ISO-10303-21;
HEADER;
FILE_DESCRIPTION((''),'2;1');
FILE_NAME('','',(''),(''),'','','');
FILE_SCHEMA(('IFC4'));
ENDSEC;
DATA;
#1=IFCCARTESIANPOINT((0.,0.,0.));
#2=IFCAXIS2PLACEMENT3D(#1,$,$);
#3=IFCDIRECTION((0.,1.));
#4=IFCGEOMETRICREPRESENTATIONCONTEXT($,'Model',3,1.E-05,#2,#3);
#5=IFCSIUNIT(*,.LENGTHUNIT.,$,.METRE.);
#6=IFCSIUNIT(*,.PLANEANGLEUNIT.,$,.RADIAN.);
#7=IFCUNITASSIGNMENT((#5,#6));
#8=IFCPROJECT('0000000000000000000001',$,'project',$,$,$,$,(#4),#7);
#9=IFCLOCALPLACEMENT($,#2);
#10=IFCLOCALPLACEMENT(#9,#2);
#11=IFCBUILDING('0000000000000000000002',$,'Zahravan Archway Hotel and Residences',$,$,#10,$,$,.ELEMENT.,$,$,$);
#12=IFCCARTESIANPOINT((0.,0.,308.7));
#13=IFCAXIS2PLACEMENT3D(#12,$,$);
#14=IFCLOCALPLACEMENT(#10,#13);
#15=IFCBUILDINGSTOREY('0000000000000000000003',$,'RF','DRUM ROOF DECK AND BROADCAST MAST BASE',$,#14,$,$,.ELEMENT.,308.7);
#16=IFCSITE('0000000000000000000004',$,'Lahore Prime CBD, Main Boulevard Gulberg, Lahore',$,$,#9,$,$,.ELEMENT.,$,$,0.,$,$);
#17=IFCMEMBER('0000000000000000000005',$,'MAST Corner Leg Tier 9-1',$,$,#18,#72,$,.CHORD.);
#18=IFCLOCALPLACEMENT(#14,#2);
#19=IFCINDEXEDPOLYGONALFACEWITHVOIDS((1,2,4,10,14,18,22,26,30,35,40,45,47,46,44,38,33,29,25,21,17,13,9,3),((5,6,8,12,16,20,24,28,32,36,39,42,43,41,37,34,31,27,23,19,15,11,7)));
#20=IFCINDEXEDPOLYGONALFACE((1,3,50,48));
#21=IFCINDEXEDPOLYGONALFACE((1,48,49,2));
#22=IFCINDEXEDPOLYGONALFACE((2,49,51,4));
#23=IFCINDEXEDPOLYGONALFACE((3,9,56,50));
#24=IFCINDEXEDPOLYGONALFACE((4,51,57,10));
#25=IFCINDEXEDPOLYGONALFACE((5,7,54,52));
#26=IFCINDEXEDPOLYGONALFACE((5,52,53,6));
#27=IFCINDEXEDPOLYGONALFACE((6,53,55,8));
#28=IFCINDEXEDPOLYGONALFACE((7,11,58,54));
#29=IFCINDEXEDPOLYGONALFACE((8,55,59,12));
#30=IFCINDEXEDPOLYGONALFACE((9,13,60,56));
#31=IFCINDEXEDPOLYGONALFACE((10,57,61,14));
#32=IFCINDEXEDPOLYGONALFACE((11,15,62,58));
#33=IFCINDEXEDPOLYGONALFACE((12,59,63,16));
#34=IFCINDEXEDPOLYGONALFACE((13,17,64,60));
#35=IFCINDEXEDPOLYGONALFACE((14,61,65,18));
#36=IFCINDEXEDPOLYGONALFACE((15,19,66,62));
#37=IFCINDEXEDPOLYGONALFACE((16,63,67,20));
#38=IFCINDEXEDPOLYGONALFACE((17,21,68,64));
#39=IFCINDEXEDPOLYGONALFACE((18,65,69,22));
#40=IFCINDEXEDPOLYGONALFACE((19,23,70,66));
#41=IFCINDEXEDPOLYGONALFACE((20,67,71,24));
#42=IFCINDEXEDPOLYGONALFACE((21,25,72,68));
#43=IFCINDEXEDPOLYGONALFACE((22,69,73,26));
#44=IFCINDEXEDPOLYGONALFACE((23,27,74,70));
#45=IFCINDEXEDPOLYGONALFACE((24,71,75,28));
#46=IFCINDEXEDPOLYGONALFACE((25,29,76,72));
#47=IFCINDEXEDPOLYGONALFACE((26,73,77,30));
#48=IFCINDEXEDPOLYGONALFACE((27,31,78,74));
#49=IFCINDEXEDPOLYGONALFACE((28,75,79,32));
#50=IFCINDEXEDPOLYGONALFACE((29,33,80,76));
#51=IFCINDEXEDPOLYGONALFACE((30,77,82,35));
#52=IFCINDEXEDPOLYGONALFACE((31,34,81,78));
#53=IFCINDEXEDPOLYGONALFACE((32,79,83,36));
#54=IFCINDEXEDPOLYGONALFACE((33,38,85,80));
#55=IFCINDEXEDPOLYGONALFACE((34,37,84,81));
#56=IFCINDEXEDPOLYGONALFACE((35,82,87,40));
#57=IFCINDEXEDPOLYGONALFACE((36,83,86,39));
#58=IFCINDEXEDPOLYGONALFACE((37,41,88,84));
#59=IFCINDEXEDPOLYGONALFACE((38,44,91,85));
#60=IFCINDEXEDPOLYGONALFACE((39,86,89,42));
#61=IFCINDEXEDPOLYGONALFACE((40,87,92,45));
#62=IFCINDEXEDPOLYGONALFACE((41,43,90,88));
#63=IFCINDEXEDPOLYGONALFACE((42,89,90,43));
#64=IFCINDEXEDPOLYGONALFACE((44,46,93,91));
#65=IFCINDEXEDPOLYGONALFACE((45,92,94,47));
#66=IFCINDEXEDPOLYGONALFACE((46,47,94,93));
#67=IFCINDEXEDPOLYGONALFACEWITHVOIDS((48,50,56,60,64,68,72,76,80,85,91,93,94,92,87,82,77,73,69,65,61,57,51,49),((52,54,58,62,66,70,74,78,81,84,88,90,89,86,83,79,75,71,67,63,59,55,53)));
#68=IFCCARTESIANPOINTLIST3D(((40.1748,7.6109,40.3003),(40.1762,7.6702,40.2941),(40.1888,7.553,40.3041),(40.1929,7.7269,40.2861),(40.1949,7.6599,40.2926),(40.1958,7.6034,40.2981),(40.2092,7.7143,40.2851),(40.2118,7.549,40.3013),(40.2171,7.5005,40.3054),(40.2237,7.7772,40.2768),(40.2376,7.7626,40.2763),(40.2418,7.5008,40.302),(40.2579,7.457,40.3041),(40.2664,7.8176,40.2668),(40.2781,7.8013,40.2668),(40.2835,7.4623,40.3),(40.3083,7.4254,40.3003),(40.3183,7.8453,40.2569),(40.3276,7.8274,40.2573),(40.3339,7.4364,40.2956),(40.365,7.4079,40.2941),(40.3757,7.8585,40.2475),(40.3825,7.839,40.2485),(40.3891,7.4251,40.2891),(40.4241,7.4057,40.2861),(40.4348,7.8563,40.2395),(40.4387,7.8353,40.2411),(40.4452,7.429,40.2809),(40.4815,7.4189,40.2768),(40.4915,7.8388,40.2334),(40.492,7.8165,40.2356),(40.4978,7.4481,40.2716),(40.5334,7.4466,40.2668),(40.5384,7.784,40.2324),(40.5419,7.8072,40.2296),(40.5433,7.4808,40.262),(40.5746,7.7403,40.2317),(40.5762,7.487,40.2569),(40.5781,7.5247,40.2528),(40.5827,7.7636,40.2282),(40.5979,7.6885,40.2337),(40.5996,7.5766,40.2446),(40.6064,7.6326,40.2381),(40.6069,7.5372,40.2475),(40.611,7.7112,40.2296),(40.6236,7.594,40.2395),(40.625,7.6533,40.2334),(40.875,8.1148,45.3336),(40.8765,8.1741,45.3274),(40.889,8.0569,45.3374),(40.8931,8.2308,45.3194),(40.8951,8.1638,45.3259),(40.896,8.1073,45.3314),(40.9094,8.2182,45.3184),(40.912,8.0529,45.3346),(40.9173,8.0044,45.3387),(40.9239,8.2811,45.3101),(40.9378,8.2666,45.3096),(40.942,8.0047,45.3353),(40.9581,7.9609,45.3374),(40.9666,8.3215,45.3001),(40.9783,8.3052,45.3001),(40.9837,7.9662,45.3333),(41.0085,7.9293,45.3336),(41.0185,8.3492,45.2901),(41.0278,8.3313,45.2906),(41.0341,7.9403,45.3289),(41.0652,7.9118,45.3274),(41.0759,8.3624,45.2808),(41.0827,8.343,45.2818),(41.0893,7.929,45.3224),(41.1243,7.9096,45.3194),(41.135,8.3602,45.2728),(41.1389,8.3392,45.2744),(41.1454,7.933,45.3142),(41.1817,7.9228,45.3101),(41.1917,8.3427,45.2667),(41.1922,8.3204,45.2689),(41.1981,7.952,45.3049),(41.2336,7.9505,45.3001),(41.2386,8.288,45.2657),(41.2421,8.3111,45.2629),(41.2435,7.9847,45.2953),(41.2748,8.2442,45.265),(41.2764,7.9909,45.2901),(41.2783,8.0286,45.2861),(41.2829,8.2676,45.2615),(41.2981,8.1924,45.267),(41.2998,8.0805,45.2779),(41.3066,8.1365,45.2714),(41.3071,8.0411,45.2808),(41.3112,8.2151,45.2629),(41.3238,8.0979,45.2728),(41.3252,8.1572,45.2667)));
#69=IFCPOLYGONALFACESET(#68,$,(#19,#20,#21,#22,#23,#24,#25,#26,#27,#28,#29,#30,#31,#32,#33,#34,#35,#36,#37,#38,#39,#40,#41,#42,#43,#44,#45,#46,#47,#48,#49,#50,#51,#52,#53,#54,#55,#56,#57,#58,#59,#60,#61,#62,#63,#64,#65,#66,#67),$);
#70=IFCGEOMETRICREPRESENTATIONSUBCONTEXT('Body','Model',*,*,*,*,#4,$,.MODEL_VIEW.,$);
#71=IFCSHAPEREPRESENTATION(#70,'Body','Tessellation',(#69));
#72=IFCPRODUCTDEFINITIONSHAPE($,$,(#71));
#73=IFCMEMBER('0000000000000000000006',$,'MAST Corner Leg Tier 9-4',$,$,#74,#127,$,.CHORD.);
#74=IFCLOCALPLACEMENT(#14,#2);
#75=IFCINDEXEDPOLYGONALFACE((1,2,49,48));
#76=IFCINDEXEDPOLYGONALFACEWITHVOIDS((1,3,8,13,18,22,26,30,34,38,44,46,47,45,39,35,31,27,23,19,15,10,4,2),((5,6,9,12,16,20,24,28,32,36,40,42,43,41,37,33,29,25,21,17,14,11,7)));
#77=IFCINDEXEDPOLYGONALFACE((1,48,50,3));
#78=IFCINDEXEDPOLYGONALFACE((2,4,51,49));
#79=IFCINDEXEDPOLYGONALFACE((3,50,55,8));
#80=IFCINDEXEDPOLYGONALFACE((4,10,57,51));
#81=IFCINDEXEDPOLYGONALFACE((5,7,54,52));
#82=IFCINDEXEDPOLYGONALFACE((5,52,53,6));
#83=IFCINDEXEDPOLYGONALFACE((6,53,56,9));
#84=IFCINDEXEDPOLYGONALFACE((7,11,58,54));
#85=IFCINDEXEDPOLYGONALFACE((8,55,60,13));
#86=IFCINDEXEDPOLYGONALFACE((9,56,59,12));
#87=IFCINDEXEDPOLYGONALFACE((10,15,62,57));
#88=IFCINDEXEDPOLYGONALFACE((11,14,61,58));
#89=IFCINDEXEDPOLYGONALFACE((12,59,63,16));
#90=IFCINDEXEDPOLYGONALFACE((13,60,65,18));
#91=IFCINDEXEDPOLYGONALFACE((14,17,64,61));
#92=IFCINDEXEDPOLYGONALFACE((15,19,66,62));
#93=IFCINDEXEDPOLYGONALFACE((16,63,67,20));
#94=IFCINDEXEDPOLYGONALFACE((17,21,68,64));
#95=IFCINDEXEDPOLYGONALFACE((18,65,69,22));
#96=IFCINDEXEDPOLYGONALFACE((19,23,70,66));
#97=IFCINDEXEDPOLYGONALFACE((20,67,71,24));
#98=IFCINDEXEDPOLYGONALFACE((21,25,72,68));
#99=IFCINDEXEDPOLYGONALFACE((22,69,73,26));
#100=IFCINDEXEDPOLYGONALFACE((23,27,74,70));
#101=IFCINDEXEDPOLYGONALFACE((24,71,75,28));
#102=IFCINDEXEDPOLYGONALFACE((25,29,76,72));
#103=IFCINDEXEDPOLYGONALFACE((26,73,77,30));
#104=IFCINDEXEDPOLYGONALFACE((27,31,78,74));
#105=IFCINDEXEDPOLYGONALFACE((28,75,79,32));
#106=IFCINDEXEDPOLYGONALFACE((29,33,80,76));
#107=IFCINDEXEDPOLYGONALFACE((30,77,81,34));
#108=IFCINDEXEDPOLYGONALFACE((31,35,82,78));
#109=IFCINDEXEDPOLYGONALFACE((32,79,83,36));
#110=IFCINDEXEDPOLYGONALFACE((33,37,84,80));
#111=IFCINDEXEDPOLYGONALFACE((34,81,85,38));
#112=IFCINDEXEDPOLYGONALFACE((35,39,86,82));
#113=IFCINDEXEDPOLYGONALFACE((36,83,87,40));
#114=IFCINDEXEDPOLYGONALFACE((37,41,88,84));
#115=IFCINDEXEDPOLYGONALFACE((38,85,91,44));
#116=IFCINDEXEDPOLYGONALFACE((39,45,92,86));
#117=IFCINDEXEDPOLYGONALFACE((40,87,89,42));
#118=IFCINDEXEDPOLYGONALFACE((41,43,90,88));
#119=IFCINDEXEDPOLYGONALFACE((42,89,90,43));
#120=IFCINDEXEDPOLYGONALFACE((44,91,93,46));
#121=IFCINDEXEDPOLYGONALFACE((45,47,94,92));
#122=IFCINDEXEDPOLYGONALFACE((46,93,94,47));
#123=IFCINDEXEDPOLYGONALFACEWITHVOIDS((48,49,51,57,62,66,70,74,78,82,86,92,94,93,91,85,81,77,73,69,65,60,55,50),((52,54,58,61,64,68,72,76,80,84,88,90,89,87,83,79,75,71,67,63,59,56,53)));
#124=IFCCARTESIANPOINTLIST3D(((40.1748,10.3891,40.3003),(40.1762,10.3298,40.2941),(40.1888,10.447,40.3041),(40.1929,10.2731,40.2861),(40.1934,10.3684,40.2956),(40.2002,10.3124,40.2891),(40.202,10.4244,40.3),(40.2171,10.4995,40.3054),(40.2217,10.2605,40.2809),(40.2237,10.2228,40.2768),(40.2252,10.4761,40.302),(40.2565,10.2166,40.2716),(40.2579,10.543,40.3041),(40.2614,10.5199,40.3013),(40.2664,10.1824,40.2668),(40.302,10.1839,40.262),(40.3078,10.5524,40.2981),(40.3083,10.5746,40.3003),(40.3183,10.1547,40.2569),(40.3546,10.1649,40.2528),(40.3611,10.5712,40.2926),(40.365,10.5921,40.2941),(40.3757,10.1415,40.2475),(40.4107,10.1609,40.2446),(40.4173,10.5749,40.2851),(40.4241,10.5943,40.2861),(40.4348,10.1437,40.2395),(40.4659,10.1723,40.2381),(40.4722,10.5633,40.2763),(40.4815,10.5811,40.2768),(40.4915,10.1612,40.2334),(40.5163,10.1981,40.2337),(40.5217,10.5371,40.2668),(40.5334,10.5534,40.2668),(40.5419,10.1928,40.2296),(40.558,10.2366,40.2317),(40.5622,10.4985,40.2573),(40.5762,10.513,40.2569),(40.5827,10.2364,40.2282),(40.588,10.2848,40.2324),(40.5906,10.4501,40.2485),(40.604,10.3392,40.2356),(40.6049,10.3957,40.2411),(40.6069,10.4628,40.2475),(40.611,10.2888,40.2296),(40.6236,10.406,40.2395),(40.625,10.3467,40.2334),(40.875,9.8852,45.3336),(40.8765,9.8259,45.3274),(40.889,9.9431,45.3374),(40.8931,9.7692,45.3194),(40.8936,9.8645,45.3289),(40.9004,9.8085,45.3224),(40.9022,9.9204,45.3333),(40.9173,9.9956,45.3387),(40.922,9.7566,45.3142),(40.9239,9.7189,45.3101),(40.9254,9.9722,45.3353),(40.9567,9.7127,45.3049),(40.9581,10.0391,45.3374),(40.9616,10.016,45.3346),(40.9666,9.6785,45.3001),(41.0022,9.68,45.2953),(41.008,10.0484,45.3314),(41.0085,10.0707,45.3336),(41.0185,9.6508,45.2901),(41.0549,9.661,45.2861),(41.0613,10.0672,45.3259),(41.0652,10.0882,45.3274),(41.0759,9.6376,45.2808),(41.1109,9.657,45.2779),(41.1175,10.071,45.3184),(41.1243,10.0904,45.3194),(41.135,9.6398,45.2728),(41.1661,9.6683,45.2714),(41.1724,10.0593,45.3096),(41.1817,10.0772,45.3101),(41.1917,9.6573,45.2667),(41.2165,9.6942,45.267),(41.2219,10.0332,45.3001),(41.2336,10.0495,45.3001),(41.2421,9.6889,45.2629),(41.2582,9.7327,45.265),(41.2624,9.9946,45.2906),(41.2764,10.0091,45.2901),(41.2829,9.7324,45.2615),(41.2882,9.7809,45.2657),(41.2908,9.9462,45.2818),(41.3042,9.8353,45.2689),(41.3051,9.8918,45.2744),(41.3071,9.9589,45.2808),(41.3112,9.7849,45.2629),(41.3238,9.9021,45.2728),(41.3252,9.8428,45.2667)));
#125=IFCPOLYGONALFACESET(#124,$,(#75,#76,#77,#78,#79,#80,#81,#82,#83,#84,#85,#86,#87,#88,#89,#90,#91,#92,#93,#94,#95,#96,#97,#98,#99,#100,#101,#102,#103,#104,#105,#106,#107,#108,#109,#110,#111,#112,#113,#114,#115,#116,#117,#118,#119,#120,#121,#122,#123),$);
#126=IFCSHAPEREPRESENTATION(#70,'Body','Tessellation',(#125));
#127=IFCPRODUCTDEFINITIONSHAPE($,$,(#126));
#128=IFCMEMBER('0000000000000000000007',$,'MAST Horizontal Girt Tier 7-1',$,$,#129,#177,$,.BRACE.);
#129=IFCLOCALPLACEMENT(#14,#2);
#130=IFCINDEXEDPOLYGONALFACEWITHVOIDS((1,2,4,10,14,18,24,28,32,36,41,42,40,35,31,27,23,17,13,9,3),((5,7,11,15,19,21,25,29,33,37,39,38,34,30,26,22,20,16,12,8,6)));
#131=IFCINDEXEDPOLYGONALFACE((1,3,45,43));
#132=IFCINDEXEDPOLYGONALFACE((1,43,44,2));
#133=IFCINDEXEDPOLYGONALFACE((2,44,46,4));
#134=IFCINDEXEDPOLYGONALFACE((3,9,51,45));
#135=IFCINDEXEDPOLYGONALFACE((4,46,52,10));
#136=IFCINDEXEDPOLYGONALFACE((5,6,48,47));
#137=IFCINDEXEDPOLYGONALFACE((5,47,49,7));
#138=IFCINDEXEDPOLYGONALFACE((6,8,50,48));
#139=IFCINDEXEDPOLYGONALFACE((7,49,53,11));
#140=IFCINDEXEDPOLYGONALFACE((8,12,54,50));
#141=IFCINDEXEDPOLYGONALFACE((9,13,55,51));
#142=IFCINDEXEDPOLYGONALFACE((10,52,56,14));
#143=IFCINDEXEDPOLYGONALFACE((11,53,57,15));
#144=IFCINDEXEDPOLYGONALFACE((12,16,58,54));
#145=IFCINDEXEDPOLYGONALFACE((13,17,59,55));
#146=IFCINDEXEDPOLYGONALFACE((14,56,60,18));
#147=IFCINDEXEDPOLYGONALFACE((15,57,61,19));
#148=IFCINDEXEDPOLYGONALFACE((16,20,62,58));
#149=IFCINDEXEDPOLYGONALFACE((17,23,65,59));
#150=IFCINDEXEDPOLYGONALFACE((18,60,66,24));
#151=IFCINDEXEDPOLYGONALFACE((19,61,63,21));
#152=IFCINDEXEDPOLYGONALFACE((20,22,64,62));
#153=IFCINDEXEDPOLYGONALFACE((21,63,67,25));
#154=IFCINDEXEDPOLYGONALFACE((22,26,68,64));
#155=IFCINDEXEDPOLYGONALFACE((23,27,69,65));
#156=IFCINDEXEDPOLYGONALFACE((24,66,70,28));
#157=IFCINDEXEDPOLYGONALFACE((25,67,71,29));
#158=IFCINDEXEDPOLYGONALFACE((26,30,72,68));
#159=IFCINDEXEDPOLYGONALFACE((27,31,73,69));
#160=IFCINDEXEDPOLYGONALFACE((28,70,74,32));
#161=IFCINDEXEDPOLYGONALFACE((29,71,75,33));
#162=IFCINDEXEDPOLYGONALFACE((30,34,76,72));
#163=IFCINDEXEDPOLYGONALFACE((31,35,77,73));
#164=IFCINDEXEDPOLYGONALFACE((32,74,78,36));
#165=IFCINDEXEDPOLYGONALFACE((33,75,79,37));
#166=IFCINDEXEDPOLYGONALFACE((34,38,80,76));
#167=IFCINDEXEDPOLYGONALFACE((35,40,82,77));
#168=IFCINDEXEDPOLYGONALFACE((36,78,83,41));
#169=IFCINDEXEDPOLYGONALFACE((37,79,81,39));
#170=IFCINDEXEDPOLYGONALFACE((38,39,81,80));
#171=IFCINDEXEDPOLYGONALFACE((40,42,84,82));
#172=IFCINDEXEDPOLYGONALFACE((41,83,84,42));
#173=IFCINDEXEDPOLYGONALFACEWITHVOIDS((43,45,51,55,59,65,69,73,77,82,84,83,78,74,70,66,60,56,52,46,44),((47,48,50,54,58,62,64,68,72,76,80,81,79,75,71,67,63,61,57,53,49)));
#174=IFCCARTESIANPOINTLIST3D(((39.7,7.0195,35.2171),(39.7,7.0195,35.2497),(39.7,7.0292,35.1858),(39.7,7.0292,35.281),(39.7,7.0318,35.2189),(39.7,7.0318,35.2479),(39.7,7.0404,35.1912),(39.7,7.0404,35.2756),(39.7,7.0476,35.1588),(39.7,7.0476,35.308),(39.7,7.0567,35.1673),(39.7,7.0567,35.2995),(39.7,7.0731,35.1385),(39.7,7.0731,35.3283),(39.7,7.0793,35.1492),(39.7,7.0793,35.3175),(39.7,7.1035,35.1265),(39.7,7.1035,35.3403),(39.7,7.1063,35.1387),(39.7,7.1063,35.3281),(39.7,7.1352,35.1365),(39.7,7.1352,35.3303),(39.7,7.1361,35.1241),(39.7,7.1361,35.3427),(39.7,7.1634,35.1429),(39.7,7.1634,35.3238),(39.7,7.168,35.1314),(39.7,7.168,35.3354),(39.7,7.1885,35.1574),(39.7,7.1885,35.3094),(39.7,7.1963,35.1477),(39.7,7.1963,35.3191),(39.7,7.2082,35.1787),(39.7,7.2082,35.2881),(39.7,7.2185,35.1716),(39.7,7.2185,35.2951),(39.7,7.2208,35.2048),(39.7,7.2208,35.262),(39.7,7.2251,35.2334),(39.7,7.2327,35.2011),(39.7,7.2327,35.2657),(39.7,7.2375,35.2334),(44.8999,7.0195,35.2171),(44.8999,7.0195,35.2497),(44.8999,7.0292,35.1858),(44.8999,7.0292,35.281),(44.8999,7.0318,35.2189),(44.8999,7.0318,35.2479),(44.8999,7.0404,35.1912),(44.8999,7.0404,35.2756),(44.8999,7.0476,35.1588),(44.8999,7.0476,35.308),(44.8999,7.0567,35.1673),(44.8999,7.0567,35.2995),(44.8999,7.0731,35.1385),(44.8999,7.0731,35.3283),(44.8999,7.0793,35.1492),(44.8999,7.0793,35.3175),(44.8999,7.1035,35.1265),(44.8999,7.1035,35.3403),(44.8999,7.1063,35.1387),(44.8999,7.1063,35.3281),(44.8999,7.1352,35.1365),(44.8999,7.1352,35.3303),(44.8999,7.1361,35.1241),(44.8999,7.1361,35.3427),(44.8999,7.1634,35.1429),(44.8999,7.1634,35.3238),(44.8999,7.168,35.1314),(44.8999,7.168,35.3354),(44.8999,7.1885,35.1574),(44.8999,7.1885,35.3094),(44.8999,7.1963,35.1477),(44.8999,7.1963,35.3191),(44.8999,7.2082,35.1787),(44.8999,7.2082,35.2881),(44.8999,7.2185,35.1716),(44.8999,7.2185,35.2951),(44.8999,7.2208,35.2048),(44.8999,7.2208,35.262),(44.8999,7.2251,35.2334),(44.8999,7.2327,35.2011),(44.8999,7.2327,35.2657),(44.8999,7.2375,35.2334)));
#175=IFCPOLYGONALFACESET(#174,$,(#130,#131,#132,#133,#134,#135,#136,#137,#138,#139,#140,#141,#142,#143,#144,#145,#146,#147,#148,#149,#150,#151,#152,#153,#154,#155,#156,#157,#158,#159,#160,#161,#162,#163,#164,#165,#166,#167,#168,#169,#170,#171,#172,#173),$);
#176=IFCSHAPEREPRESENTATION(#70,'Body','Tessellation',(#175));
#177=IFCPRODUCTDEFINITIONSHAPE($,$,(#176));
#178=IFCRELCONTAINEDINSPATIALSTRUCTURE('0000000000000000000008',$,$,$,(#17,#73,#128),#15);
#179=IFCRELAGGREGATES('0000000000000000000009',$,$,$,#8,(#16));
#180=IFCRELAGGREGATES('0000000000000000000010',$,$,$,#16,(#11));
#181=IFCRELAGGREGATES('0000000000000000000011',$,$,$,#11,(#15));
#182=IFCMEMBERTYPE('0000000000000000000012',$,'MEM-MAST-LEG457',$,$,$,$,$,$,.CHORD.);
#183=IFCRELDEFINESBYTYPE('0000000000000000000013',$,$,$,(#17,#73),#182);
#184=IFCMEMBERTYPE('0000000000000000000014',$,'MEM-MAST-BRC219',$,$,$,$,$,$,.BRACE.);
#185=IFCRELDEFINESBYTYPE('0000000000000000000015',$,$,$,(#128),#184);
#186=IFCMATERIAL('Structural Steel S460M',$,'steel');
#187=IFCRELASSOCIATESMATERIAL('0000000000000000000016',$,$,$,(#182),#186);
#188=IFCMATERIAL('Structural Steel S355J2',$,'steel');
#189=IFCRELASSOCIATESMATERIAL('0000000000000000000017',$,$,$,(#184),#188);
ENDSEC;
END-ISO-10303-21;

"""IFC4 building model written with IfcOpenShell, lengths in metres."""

from ifc_helpers import new_model, si_unit, direction, frame, origin, origin_2d, place, context, subcontext, project, spatial, hollow_circle, extrude, source, transform, mapped, material, material_profile, profile_set, type_object, element, save


model = new_model("IFC4")

# Units and contexts
model_context = context("Model", 3, precision=1e-05, world=origin(), true_north=direction((0.0, 1.0)))
body_context = subcontext(model_context, "Body", "Model", "MODEL_VIEW")
ifc_project = project(units=[si_unit("LENGTHUNIT", "METRE"), si_unit("PLANEANGLEUNIT", "RADIAN")], contexts=[model_context])

# Site, building, storey
site_placement = place(None, origin())
site = spatial("IfcSite", under=ifc_project, at=site_placement, Name="Lahore Prime CBD, Main Boulevard Gulberg, Lahore", CompositionType="ELEMENT", RefElevation=0.0)
building_placement = place(site_placement, origin())
building = spatial("IfcBuilding", under=site, at=building_placement, Name="Zahravan Archway Hotel and Residences", CompositionType="ELEMENT")
storey_placement = place(building_placement, frame((0.0, 0.0, 308.7)))
storey = spatial("IfcBuildingStorey", under=building, at=storey_placement, Name="RF", Description="DRUM ROOF DECK AND BROADCAST MAST BASE", CompositionType="ELEMENT", Elevation=308.7)

# Members
ifc_material_1 = material(Name="Structural Steel S460M", Category="steel")
ifc_material_profile_1 = material_profile(ifc_material_1, hollow_circle(Radius=0.2285, WallThickness=0.02, at=origin_2d()), Name="CHS 457x20", Category="steel")
ifc_profile_set_1 = profile_set([ifc_material_profile_1], Name="Structural Steel S460M")
member_type_1 = type_object("IfcMemberType", Name="MEM-MAST-LEG457", PredefinedType="CHORD", material=ifc_profile_set_1)
ifc_material_2 = material(Name="Structural Steel S355J2", Category="steel")
ifc_material_profile_2 = material_profile(ifc_material_2, hollow_circle(Radius=0.1096, WallThickness=0.0125, at=origin_2d()), Name="CHS 219.1x12.5", Category="steel")
ifc_profile_set_2 = profile_set([ifc_material_profile_2], Name="Structural Steel S355J2")
member_type_2 = type_object("IfcMemberType", Name="MEM-MAST-BRC219", PredefinedType="BRACE", material=ifc_profile_set_2)
shared_shape_1 = source(origin(), body_context, "Body", "SweptSolid", [
    extrude(hollow_circle(Radius=0.2285, WallThickness=0.02, at=origin_2d()), origin(), (0.0, 0.0, 1.0), 5.1067),
])
for number, where, z_axis, x_axis, name in (
    (1, (40.3999, 7.6321, 40.2668), (0.137116, 0.098678, 0.985628), (-0.584126, 0.811663, 0.0), "MAST Corner Leg Tier 9-1"),
    (2, (40.3999, 10.3679, 40.2668), (0.137116, -0.098678, 0.985628), (0.584126, 0.811663, 0.0), "MAST Corner Leg Tier 9-4"),
):
    element("IfcMember", number, at=place(storey_placement, frame(where, z_axis=z_axis, x_axis=x_axis)), inside=storey, type_object=member_type_1, Name=name, PredefinedType="CHORD", context=body_context, shape_type="MappedRepresentation", body=[
        mapped(shared_shape_1, transform((0.0, 0.0, 0.0), scale=1.0)),
    ])
shared_shape_2 = source(origin(), body_context, "Body", "SweptSolid", [
    extrude(hollow_circle(Radius=0.1096, WallThickness=0.0125, at=origin_2d()), origin(), (0.0, 0.0, 1.0), 5.2),
])
member_1_placement = place(storey_placement, frame((39.7, 7.1279, 35.2334), z_axis=(1.0, 0.0, 0.0), x_axis=(0.0, 1.0, 0.0)))
element("IfcMember", 3, at=member_1_placement, inside=storey, type_object=member_type_2, Name="MAST Horizontal Girt Tier 7-1", PredefinedType="BRACE", context=body_context, shape_type="MappedRepresentation", body=[
    mapped(shared_shape_2, transform((0.0, 0.0, 0.0), scale=1.0)),
])

save(model, "model.ifc")
